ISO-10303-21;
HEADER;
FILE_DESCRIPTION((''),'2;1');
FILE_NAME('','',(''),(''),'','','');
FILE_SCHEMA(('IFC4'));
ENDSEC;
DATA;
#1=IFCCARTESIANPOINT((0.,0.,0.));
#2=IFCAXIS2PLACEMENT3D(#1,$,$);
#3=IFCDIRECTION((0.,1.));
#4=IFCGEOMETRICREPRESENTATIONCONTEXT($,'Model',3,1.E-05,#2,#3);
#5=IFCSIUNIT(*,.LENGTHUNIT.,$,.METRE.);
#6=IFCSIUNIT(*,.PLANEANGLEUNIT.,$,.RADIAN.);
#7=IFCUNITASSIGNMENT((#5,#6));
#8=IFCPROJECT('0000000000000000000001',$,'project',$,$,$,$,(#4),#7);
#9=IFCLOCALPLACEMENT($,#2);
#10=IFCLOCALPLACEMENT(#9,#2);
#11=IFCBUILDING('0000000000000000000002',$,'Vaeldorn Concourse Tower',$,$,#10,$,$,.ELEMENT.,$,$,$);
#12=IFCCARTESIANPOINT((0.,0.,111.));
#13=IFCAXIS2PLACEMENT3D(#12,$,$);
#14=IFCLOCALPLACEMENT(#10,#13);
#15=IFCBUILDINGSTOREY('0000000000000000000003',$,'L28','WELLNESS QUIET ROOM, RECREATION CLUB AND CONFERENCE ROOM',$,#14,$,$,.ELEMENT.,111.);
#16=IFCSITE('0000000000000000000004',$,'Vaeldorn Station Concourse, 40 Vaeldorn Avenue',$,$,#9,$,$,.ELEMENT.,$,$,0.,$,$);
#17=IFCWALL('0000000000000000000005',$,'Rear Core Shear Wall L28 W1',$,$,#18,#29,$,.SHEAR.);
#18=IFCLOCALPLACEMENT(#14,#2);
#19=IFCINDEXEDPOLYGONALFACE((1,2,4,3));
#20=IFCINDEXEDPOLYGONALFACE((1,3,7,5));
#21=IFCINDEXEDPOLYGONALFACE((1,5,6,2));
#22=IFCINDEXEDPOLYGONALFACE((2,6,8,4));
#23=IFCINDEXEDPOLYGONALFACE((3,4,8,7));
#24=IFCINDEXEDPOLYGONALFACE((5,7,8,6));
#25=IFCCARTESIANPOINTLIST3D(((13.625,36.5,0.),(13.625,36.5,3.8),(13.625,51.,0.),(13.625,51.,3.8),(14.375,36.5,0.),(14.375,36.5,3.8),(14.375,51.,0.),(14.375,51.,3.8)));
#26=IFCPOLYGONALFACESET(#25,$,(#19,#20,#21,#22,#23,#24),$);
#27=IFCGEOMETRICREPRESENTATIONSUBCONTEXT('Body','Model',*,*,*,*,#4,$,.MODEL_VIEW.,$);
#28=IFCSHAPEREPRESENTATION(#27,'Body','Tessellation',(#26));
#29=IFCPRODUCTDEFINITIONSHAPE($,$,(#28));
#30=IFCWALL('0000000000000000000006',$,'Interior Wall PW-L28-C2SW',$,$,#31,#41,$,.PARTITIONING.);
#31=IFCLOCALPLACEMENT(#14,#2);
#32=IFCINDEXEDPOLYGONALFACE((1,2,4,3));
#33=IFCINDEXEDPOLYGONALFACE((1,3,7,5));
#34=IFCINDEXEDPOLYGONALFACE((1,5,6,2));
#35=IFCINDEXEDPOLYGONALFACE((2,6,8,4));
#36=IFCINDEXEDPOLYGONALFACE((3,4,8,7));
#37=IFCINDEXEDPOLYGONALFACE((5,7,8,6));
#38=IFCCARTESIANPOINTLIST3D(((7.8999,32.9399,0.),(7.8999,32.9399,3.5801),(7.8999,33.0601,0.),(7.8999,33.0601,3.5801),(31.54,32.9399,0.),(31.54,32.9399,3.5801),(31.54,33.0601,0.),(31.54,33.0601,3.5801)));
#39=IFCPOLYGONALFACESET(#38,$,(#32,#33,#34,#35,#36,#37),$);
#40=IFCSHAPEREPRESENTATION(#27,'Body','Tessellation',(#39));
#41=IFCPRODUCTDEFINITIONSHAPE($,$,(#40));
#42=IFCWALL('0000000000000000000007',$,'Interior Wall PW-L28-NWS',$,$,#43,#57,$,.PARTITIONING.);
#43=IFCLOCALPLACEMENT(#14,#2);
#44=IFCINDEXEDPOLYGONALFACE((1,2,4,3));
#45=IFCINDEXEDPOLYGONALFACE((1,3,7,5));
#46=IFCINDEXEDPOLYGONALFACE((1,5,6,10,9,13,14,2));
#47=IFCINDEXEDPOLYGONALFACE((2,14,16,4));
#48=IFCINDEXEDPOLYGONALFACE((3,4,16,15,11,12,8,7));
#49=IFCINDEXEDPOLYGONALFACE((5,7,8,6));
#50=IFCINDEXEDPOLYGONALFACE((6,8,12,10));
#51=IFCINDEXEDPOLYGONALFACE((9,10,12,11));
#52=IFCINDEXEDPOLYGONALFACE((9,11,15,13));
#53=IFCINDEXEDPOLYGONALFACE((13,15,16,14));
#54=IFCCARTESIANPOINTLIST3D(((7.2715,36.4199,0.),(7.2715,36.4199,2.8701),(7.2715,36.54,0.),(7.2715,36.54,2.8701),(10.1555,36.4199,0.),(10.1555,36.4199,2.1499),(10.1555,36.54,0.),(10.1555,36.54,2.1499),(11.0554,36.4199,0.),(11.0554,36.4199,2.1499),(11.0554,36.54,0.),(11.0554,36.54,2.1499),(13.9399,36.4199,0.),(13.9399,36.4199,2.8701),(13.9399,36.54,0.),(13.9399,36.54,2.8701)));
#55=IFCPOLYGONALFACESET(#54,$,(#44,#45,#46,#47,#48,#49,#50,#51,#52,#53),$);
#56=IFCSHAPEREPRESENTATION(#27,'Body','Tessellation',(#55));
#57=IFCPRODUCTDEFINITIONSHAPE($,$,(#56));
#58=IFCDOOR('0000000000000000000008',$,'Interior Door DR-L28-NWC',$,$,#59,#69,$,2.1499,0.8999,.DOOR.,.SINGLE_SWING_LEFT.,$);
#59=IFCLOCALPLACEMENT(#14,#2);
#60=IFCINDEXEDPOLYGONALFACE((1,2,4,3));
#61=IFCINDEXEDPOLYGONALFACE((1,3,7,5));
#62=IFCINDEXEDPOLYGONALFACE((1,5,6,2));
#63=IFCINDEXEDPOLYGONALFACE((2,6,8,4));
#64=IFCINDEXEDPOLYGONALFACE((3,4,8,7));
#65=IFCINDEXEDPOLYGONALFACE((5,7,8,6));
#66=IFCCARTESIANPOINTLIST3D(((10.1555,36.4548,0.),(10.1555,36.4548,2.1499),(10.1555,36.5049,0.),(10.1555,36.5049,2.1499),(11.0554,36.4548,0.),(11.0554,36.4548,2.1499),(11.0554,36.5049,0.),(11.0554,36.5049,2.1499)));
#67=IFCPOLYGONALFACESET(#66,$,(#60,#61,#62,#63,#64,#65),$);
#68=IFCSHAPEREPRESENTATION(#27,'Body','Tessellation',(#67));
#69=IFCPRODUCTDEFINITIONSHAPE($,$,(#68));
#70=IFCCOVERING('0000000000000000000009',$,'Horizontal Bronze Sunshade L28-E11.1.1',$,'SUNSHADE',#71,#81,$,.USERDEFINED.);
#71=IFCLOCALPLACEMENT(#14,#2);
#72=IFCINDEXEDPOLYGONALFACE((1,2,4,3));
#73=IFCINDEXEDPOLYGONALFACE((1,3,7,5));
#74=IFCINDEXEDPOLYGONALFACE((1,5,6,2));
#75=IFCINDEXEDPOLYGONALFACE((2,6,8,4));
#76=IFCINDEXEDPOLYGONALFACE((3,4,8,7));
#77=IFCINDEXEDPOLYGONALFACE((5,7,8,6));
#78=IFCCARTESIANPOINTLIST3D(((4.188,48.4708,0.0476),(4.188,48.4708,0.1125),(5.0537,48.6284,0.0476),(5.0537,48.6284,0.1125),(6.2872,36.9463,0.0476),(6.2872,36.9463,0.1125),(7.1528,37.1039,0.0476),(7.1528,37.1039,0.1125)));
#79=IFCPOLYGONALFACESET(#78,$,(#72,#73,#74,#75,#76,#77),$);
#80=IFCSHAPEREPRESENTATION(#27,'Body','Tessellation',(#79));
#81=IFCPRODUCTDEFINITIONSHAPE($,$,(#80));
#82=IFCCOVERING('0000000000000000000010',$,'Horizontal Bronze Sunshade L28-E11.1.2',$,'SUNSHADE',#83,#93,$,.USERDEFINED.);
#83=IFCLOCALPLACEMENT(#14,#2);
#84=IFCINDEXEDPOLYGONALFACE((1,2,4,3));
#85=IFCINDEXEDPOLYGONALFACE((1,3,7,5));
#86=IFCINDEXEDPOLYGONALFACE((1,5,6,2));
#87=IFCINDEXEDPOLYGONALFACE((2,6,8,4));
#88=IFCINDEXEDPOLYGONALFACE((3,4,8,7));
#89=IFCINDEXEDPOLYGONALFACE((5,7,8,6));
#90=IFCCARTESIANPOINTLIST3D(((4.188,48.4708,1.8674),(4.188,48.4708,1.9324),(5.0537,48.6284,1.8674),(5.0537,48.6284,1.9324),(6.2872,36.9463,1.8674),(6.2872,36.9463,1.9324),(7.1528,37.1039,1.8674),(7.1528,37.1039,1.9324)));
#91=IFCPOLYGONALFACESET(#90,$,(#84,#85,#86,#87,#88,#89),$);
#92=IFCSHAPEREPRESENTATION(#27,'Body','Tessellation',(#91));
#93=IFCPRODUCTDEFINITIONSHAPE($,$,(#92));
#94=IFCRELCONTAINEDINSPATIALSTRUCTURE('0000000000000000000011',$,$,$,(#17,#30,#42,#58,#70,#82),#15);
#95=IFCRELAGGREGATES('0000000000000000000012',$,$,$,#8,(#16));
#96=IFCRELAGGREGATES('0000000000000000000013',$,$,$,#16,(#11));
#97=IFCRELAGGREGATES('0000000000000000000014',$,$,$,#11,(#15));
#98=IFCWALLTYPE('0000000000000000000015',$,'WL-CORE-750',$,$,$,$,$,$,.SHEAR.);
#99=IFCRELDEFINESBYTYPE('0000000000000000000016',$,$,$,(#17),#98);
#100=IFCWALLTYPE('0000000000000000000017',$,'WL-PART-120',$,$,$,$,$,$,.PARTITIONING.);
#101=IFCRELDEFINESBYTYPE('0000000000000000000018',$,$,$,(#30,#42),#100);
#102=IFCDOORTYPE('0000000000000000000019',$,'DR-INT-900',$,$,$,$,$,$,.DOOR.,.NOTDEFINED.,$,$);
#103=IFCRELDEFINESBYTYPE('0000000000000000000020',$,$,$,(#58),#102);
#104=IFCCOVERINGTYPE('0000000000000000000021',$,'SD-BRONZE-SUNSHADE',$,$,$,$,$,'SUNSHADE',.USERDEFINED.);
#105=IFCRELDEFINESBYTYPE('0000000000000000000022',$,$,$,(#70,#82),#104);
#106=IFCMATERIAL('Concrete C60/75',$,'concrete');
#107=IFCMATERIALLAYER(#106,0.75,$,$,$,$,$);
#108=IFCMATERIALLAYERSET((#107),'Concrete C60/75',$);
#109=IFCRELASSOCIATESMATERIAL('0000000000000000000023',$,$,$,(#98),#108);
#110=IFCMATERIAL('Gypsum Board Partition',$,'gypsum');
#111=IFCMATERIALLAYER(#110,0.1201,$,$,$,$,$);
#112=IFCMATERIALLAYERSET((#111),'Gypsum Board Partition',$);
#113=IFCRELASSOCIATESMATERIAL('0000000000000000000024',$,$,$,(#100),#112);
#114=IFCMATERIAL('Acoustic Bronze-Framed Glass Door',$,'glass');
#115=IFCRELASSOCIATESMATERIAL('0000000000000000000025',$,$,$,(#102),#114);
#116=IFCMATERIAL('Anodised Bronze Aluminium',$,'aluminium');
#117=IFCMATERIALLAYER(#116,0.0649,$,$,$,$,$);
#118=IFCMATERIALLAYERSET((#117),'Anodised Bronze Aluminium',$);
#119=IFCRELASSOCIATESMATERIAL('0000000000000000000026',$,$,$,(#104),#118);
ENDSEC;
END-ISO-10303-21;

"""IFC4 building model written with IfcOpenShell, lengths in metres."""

from ifc_helpers import new_model, si_unit, direction, frame, frame_2d, origin, origin_2d, place, context, subcontext, project, spatial, rectangle, extrude, source, transform, mapped, material, layer, layer_set, type_object, element, fill, save


model = new_model("IFC4")

# Units and contexts
model_context = context("Model", 3, precision=1e-05, world=origin(), true_north=direction((0.0, 1.0)))
body_context = subcontext(model_context, "Body", "Model", "MODEL_VIEW")
ifc_project = project(units=[si_unit("LENGTHUNIT", "METRE"), si_unit("PLANEANGLEUNIT", "RADIAN")], contexts=[model_context])

# Site, building, storey
site_placement = place(None, origin())
site = spatial("IfcSite", under=ifc_project, at=site_placement, Name="Vaeldorn Station Concourse, 40 Vaeldorn Avenue", CompositionType="ELEMENT", RefElevation=0.0)
building_placement = place(site_placement, origin())
building = spatial("IfcBuilding", under=site, at=building_placement, Name="Vaeldorn Concourse Tower", CompositionType="ELEMENT")
storey_placement = place(building_placement, frame((0.0, 0.0, 111.0)))
storey = spatial("IfcBuildingStorey", under=building, at=storey_placement, Name="L28", Description="WELLNESS QUIET ROOM, RECREATION CLUB AND CONFERENCE ROOM", CompositionType="ELEMENT", Elevation=111.0)

# Shared definitions
ifc_material_1 = material(Name="Concrete C60/75", Category="concrete")

# Shared definitions
ifc_material_2 = material(Name="Anodised Bronze Aluminium", Category="aluminium")

# Walls
ifc_layer_1 = layer(ifc_material_1, 0.75)
ifc_layer_set_1 = layer_set([ifc_layer_1], Name="Concrete C60/75")
wall_type_1 = type_object("IfcWallType", Name="WL-CORE-750", PredefinedType="SHEAR", material=ifc_layer_set_1)
wall_1_placement = place(storey_placement, frame((14.0, 36.5, 0.0), z_axis=(0.0, 0.0, 1.0), x_axis=(0.0, 1.0, 0.0)))
element("IfcWall", 1, at=wall_1_placement, inside=storey, type_object=wall_type_1, Name="Rear Core Shear Wall L28 W1", PredefinedType="SHEAR", context=body_context, shape_type="SweptSolid", body=[
    extrude(rectangle(XDim=14.5, YDim=0.75, at=frame_2d((7.25, 0.0))), origin(), (0.0, 0.0, 1.0), 3.8),
])
ifc_material_3 = material(Name="Gypsum Board Partition", Category="gypsum")
ifc_layer_2 = layer(ifc_material_3, 0.1201)
ifc_layer_set_2 = layer_set([ifc_layer_2], Name="Gypsum Board Partition")
wall_type_2 = type_object("IfcWallType", Name="WL-PART-120", PredefinedType="PARTITIONING", material=ifc_layer_set_2)
wall_2_placement = place(storey_placement, frame((7.8999, 33.0, 0.0), z_axis=(0.0, 0.0, 1.0), x_axis=(1.0, 0.0, 0.0)))
element("IfcWall", 2, at=wall_2_placement, inside=storey, type_object=wall_type_2, Name="Interior Wall PW-L28-C2SW", PredefinedType="PARTITIONING", context=body_context, shape_type="SweptSolid", body=[
    extrude(rectangle(XDim=23.6401, YDim=0.1201, at=frame_2d((11.8201, 0.0))), origin(), (0.0, 0.0, 1.0), 3.5801),
])

# Wall, opening, door
wall_3_placement = place(storey_placement, frame((7.2715, 36.48, 0.0), z_axis=(0.0, 0.0, 1.0), x_axis=(1.0, 0.0, 0.0)))
wall_3 = element("IfcWall", 3, at=wall_3_placement, inside=storey, type_object=wall_type_2, Name="Interior Wall PW-L28-NWS", PredefinedType="PARTITIONING", context=body_context, shape_type="SweptSolid", body=[
    extrude(rectangle(XDim=6.6685, YDim=0.1201, at=frame_2d((3.3342, 0.0))), origin(), (0.0, 0.0, 1.0), 2.8701),
])
opening_placement = place(wall_3_placement, frame((2.884, 0.0, 0.0)))
opening = element("IfcOpeningElement", 4, at=opening_placement, cuts=wall_3, PredefinedType="OPENING", context=body_context, shape_type="SweptSolid", body=[
    extrude(rectangle(XDim=0.8999, YDim=2.1499, at=frame_2d((0.45, 1.075))), frame((0.0, 0.0701, 0.0), z_axis=(0.0, -1.0, 0.0), x_axis=(1.0, 0.0, 0.0)), (0.0, 0.0, 1.0), 0.1401),
])
ifc_material_4 = material(Name="Acoustic Bronze-Framed Glass Door", Category="glass")
door_type = type_object("IfcDoorType", Name="DR-INT-900", OperationType="NOTDEFINED", PredefinedType="DOOR", material=ifc_material_4)
shared_shape_1 = source(origin(), body_context, "Body", "SweptSolid", [
    extrude(rectangle(XDim=0.8999, YDim=2.1499, at=frame_2d((0.45, 1.075))), frame((0.0, 0.0249, 0.0), z_axis=(0.0, -1.0, 0.0), x_axis=(1.0, 0.0, 0.0)), (0.0, 0.0, 1.0), 0.05),
])
door_placement = place(opening_placement, origin())
door = element("IfcDoor", 5, at=door_placement, inside=storey, type_object=door_type, Name="Interior Door DR-L28-NWC", OperationType="SINGLE_SWING_LEFT", OverallHeight=2.1499, OverallWidth=0.8999, PredefinedType="DOOR", context=body_context, shape_type="MappedRepresentation", body=[
    mapped(shared_shape_1, transform((0.0, 0.0, 0.0), scale=1.0)),
])
fill(opening, door)

# Coverings
ifc_layer_3 = layer(ifc_material_2, 0.0649)
ifc_layer_set_3 = layer_set([ifc_layer_3], Name="Anodised Bronze Aluminium")
covering_type = type_object("IfcCoveringType", Name="SD-BRONZE-SUNSHADE", ElementType="SUNSHADE", PredefinedType="USERDEFINED", material=ifc_layer_set_3)
shared_shape_2 = source(origin(), body_context, "Body", "SweptSolid", [
    extrude(rectangle(XDim=11.7141, YDim=0.8799, at=origin_2d()), origin(), (0.0, 0.0, 1.0), 0.0649),
])
for number, where, z_axis, x_axis, name in (
    (6, (5.6704, 42.7874, 0.0476), (0.0, 0.0, 1.0), (0.179197, -0.983813, 0.0), "Horizontal Bronze Sunshade L28-E11.1.1"),
    (7, (5.6704, 42.7874, 1.8674), (0.0, 0.0, 1.0), (0.179197, -0.983813, 0.0), "Horizontal Bronze Sunshade L28-E11.1.2"),
):
    element("IfcCovering", number, at=place(storey_placement, frame(where, z_axis=z_axis, x_axis=x_axis)), inside=storey, type_object=covering_type, Name=name, ObjectType="SUNSHADE", PredefinedType="USERDEFINED", context=body_context, shape_type="MappedRepresentation", body=[
        mapped(shared_shape_2, transform((0.0, 0.0, 0.0), scale=1.0)),
    ])

save(model, "model.ifc")
